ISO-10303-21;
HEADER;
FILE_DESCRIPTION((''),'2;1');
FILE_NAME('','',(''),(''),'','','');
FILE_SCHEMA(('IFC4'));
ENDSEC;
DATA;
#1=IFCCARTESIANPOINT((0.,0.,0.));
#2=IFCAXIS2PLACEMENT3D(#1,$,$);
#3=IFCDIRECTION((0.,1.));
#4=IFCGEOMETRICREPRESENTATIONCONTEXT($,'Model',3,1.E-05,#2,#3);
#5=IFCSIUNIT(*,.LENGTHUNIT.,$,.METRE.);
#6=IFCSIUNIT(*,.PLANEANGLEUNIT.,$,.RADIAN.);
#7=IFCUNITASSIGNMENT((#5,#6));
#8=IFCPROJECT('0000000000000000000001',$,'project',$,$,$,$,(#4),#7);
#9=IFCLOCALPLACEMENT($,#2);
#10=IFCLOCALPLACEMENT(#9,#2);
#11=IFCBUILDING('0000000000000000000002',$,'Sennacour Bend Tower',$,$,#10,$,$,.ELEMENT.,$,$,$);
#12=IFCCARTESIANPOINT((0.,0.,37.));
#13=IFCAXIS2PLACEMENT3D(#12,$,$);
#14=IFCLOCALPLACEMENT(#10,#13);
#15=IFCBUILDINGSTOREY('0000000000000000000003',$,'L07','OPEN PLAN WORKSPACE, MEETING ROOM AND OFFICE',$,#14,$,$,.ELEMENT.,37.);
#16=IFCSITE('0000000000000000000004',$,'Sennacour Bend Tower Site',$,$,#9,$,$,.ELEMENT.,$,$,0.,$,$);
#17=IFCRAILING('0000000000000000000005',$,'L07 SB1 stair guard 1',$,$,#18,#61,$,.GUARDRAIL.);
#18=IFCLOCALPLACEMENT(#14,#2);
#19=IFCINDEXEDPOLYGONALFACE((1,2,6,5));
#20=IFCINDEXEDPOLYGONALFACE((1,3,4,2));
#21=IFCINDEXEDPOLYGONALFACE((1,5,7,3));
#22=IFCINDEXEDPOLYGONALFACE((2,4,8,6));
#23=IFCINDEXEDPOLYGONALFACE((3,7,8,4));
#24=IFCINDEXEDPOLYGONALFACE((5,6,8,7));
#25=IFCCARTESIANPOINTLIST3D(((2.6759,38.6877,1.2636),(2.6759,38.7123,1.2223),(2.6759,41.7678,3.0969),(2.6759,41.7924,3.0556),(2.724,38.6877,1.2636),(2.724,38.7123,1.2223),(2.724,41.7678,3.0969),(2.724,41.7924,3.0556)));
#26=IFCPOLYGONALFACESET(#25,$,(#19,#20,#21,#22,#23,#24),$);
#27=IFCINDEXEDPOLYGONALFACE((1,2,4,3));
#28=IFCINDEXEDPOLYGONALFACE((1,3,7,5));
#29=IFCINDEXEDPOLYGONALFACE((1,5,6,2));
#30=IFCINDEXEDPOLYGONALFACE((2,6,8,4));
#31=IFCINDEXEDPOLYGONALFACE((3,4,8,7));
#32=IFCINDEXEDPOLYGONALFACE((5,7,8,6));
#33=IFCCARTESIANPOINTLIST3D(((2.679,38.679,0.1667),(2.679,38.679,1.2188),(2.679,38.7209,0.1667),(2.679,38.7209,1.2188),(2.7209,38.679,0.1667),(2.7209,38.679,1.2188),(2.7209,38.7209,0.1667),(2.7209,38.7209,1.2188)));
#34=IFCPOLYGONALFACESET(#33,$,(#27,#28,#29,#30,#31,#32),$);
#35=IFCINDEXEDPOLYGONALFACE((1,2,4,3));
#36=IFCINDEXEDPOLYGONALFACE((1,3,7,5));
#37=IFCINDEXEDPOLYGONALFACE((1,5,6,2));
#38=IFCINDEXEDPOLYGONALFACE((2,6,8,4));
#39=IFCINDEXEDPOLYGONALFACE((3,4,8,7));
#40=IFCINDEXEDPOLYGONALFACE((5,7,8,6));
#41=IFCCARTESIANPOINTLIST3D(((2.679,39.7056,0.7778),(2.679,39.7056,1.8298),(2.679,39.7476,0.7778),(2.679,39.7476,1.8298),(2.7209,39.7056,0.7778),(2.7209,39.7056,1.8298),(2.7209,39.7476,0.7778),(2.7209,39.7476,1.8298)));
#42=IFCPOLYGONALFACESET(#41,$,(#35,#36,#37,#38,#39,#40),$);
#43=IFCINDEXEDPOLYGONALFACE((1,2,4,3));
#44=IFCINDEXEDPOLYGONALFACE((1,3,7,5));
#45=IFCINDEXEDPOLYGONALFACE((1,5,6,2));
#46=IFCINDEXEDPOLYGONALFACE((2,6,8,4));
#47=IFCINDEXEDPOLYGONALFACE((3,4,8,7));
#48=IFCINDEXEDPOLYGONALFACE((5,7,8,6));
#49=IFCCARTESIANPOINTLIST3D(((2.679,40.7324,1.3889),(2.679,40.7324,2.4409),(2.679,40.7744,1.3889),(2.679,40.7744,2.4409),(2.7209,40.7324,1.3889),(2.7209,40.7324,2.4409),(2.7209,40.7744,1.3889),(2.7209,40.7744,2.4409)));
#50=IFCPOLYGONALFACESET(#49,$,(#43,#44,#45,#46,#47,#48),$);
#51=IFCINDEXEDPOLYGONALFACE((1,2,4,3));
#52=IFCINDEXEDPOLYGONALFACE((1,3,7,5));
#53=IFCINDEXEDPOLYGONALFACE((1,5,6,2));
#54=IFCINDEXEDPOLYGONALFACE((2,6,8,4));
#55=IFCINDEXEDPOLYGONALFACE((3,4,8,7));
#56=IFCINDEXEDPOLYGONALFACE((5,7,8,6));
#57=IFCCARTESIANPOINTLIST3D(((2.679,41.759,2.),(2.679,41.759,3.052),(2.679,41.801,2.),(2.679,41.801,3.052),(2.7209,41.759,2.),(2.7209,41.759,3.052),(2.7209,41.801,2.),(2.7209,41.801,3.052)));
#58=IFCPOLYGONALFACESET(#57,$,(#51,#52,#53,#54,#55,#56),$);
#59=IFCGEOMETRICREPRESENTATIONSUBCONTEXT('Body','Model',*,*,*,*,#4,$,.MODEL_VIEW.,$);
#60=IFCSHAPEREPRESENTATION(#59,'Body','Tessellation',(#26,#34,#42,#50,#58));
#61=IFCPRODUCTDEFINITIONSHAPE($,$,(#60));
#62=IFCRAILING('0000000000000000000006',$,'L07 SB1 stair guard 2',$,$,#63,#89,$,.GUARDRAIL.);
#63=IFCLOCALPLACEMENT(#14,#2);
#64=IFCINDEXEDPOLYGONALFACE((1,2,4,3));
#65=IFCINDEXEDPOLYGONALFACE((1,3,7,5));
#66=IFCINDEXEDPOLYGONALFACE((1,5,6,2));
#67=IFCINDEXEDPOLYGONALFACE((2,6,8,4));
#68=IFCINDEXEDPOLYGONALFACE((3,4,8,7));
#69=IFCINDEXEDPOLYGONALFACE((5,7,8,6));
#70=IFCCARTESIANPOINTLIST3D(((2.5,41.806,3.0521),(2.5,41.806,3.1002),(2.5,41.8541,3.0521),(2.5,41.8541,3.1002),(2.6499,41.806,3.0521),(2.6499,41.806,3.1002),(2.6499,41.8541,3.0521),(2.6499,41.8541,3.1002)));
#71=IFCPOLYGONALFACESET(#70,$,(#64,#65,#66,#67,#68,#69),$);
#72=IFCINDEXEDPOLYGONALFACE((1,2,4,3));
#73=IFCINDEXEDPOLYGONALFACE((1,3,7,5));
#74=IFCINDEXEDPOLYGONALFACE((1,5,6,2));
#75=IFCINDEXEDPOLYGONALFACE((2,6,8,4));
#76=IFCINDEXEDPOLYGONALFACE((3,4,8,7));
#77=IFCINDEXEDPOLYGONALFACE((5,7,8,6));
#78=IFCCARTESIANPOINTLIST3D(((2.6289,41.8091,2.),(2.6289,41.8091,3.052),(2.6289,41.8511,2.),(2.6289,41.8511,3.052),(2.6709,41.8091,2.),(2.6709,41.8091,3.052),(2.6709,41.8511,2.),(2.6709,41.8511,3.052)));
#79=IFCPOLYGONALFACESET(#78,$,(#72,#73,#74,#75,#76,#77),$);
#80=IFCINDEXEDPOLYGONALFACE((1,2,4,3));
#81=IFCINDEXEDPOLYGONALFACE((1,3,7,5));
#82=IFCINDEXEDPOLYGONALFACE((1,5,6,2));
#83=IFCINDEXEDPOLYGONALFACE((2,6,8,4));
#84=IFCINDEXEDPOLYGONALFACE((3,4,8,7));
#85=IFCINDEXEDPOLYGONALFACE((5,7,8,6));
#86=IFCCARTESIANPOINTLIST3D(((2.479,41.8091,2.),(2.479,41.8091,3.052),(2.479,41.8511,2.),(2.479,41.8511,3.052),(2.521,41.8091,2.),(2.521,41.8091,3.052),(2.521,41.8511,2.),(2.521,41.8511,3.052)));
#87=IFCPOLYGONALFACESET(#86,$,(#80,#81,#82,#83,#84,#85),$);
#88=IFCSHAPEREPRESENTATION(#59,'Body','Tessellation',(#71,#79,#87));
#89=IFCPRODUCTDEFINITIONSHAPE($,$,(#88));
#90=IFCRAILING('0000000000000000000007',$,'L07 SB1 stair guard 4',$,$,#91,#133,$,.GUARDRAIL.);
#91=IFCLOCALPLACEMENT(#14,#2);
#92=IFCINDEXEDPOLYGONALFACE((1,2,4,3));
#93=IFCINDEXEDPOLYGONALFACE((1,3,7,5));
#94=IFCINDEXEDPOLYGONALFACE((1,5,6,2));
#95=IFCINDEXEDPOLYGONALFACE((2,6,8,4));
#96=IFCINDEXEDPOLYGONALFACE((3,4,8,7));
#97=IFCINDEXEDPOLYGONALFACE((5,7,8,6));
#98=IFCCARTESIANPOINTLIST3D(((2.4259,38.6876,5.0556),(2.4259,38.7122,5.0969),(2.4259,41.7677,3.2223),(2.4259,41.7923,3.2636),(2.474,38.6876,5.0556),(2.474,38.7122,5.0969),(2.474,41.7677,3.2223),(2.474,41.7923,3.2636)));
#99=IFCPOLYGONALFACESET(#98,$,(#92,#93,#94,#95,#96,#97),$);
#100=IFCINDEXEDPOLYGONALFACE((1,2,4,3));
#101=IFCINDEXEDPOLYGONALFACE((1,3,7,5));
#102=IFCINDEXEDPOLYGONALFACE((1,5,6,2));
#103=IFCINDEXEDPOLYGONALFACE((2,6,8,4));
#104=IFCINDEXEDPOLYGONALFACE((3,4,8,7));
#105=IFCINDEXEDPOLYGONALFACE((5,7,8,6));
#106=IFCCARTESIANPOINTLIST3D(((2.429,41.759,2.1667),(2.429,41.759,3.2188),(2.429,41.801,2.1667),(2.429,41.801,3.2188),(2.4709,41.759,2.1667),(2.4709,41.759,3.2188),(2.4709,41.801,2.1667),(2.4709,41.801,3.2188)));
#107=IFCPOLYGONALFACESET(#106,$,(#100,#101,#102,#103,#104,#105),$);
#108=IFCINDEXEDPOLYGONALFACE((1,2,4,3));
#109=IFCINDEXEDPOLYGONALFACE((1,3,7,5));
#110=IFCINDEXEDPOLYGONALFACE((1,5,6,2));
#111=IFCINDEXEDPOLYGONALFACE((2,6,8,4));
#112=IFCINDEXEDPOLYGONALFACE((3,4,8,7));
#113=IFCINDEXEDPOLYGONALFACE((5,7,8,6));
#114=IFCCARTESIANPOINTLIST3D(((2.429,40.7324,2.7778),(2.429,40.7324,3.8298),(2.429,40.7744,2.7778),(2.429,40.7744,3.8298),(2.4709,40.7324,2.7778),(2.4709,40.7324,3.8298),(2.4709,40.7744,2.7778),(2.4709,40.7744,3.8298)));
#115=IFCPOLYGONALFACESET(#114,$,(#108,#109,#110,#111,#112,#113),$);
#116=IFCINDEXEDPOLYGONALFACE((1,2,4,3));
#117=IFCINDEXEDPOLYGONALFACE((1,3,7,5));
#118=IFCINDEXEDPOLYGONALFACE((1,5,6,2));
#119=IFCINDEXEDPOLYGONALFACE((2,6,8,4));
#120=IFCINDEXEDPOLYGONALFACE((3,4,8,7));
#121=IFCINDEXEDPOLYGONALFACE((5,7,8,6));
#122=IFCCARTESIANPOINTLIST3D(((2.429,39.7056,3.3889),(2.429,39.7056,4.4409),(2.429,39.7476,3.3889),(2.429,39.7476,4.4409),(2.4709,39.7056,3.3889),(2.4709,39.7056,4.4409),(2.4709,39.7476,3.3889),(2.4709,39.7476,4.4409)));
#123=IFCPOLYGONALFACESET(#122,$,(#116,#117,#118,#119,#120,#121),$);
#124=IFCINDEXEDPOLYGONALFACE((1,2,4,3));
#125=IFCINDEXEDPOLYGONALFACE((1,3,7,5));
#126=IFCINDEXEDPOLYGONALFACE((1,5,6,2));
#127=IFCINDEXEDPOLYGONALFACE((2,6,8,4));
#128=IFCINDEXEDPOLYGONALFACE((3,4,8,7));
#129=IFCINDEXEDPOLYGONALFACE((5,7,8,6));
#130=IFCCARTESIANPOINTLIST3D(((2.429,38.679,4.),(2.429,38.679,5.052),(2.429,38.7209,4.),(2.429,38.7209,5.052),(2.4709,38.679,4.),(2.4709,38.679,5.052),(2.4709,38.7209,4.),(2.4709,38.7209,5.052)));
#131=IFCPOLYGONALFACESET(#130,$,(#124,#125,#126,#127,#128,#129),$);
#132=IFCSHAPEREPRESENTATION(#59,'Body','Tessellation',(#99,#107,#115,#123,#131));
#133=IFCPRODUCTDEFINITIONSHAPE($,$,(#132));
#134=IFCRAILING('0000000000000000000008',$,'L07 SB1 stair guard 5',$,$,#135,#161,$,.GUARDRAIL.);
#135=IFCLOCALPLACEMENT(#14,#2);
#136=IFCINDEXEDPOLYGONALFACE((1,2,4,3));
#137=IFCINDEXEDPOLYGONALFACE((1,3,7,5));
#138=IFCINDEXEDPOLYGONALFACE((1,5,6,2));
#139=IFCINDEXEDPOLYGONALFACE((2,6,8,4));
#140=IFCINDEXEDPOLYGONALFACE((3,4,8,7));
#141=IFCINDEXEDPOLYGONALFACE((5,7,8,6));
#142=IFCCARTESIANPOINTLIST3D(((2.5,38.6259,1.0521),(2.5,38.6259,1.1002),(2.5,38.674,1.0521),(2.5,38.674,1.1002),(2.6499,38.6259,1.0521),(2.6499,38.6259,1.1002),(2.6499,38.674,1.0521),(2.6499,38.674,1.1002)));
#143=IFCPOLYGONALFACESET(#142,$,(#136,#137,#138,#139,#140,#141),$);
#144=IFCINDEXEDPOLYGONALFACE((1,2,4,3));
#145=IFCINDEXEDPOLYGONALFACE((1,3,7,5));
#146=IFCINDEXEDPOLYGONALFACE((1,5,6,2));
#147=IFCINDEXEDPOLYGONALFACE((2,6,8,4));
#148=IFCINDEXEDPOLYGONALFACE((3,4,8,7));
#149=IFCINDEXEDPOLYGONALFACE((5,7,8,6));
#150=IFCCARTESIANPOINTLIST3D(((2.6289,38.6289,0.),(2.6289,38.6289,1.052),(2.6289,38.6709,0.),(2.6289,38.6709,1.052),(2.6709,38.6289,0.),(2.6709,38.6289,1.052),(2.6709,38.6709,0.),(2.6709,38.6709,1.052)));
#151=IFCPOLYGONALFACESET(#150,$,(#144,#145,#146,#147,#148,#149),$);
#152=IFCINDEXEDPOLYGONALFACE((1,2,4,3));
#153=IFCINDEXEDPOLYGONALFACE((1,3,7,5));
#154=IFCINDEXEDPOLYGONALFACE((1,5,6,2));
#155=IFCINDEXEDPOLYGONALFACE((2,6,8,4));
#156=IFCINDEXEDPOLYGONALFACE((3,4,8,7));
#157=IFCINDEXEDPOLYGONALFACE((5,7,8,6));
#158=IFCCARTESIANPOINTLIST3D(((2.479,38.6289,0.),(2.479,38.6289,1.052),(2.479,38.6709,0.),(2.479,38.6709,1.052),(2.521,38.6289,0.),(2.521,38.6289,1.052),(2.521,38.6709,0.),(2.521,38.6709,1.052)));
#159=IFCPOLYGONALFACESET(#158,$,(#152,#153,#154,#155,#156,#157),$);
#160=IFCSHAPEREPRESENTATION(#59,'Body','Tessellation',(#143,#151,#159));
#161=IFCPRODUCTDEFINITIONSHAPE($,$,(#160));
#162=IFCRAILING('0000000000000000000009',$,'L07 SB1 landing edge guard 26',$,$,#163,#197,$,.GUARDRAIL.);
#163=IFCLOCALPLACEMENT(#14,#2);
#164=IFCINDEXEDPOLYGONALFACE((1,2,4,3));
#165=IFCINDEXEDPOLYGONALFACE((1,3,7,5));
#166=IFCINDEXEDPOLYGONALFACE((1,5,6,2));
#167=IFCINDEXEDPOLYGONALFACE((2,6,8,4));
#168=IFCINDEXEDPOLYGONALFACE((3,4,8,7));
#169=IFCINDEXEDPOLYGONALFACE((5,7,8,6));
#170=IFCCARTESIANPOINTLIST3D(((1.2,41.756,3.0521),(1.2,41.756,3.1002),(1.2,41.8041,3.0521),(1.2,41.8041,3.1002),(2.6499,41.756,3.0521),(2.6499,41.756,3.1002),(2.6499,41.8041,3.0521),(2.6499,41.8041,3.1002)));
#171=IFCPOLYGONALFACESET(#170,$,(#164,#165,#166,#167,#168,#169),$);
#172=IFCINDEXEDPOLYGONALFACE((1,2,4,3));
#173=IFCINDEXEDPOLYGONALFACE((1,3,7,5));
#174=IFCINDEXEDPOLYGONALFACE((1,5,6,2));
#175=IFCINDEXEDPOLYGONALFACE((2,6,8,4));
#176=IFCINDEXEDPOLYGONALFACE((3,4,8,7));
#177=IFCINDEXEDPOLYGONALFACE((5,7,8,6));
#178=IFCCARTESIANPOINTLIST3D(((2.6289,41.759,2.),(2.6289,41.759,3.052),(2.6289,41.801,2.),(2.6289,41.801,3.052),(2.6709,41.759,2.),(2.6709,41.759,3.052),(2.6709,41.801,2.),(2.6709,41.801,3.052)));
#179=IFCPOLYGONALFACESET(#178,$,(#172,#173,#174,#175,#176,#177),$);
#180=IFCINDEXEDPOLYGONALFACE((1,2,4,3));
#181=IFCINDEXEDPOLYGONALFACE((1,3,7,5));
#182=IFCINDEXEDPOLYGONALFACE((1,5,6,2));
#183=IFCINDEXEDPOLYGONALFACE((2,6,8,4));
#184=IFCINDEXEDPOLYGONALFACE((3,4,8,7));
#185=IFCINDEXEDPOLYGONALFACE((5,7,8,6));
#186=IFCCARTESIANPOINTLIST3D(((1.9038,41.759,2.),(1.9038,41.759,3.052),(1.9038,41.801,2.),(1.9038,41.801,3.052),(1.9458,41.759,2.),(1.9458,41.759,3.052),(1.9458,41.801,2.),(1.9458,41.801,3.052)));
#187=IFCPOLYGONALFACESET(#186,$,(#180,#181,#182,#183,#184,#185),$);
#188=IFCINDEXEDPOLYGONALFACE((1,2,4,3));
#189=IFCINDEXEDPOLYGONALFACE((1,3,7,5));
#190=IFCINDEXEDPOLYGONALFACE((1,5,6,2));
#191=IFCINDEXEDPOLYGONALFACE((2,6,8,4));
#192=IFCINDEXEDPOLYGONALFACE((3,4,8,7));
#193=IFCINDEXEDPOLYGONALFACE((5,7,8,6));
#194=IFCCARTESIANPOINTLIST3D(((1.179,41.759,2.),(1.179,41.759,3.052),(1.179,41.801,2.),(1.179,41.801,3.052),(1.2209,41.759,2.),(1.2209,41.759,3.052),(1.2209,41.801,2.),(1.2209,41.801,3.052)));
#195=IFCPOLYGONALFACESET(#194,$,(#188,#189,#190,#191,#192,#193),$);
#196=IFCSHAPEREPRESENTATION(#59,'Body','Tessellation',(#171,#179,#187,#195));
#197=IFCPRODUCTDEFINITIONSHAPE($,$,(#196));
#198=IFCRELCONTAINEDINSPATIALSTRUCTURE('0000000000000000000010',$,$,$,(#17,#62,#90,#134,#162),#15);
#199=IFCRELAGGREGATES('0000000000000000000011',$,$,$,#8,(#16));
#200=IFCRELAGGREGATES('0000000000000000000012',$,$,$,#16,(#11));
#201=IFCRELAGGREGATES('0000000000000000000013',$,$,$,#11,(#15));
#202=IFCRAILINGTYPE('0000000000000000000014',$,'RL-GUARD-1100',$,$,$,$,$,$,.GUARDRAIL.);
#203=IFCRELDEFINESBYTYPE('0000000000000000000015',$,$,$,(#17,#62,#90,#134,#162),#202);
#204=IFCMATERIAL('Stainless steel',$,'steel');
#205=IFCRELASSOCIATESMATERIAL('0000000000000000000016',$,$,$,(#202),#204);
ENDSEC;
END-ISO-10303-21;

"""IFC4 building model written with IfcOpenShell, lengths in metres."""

from ifc_helpers import new_model, si_unit, direction, frame, origin, origin_2d, place, context, subcontext, project, spatial, rectangle, extrude, material, type_object, element, save


model = new_model("IFC4")

# Units and contexts
model_context = context("Model", 3, precision=1e-05, world=origin(), true_north=direction((0.0, 1.0)))
body_context = subcontext(model_context, "Body", "Model", "MODEL_VIEW")
ifc_project = project(units=[si_unit("LENGTHUNIT", "METRE"), si_unit("PLANEANGLEUNIT", "RADIAN")], contexts=[model_context])

# Site, building, storey
site_placement = place(None, origin())
site = spatial("IfcSite", under=ifc_project, at=site_placement, Name="Sennacour Bend Tower Site", CompositionType="ELEMENT", RefElevation=0.0)
building_placement = place(site_placement, origin())
building = spatial("IfcBuilding", under=site, at=building_placement, Name="Sennacour Bend Tower", CompositionType="ELEMENT")
storey_placement = place(building_placement, frame((0.0, 0.0, 37.0)))
storey = spatial("IfcBuildingStorey", under=building, at=storey_placement, Name="L07", Description="OPEN PLAN WORKSPACE, MEETING ROOM AND OFFICE", CompositionType="ELEMENT", Elevation=37.0)

# Shared definitions
ifc_material_1 = material(Name="Stainless steel", Category="steel")

# Railings
railing_type_1 = type_object("IfcRailingType", Name="RL-GUARD-1100", PredefinedType="GUARDRAIL", material=ifc_material_1)
railing_1_placement = place(storey_placement, frame((2.7, 38.7, 0.1667)))
element("IfcRailing", 1, at=railing_1_placement, inside=storey, type_object=railing_type_1, Name="L07 SB1 stair guard 1", PredefinedType="GUARDRAIL", context=body_context, shape_type="SweptSolid", body=[
    extrude(rectangle(XDim=0.0481, YDim=0.0481, at=origin_2d()), frame((0.0, 0.0, 1.0762), z_axis=(0.0, 0.859309, 0.511458), x_axis=(-1.0, 0.0, 0.0)), (0.0, 0.0, 1.0), 3.5845),
    extrude(rectangle(XDim=0.042, YDim=0.042, at=origin_2d()), origin(), (0.0, 0.0, 1.0), 1.052),
    extrude(rectangle(XDim=0.042, YDim=0.042, at=origin_2d()), frame((0.0, 1.0266, 0.6111)), (0.0, 0.0, 1.0), 1.052),
    extrude(rectangle(XDim=0.042, YDim=0.042, at=origin_2d()), frame((0.0, 2.0535, 1.2222)), (0.0, 0.0, 1.0), 1.052),
    extrude(rectangle(XDim=0.042, YDim=0.042, at=origin_2d()), frame((0.0, 3.0801, 1.8333)), (0.0, 0.0, 1.0), 1.052),
])
railing_2_placement = place(storey_placement, frame((2.6499, 41.8301, 2.0)))
element("IfcRailing", 2, at=railing_2_placement, inside=storey, type_object=railing_type_1, Name="L07 SB1 stair guard 2", PredefinedType="GUARDRAIL", context=body_context, shape_type="SweptSolid", body=[
    extrude(rectangle(XDim=0.0481, YDim=0.0481, at=origin_2d()), frame((0.0, 0.0, 1.0762), z_axis=(-1.0, 0.0, 0.0), x_axis=(0.0, -1.0, 0.0)), (0.0, 0.0, 1.0), 0.1499),
    extrude(rectangle(XDim=0.042, YDim=0.042, at=origin_2d()), origin(), (0.0, 0.0, 1.0), 1.052),
    extrude(rectangle(XDim=0.042, YDim=0.042, at=origin_2d()), frame((-0.1499, 0.0, 0.0)), (0.0, 0.0, 1.0), 1.052),
])
railing_3_placement = place(storey_placement, frame((2.45, 41.78, 2.1667)))
element("IfcRailing", 3, at=railing_3_placement, inside=storey, type_object=railing_type_1, Name="L07 SB1 stair guard 4", PredefinedType="GUARDRAIL", context=body_context, shape_type="SweptSolid", body=[
    extrude(rectangle(XDim=0.0481, YDim=0.0481, at=origin_2d()), frame((0.0, 0.0, 1.0762), z_axis=(0.0, -0.859309, 0.511458), x_axis=(1.0, 0.0, 0.0)), (0.0, 0.0, 1.0), 3.5845),
    extrude(rectangle(XDim=0.042, YDim=0.042, at=origin_2d()), origin(), (0.0, 0.0, 1.0), 1.052),
    extrude(rectangle(XDim=0.042, YDim=0.042, at=origin_2d()), frame((0.0, -1.0266, 0.6111)), (0.0, 0.0, 1.0), 1.052),
    extrude(rectangle(XDim=0.042, YDim=0.042, at=origin_2d()), frame((0.0, -2.0535, 1.2222)), (0.0, 0.0, 1.0), 1.052),
    extrude(rectangle(XDim=0.042, YDim=0.042, at=origin_2d()), frame((0.0, -3.0801, 1.8333)), (0.0, 0.0, 1.0), 1.052),
])
railing_4_placement = place(storey_placement, frame((2.6499, 38.6499, 0.0)))
element("IfcRailing", 4, at=railing_4_placement, inside=storey, type_object=railing_type_1, Name="L07 SB1 stair guard 5", PredefinedType="GUARDRAIL", context=body_context, shape_type="SweptSolid", body=[
    extrude(rectangle(XDim=0.0481, YDim=0.0481, at=origin_2d()), frame((0.0, 0.0, 1.0762), z_axis=(-1.0, 0.0, 0.0), x_axis=(0.0, -1.0, 0.0)), (0.0, 0.0, 1.0), 0.1499),
    extrude(rectangle(XDim=0.042, YDim=0.042, at=origin_2d()), origin(), (0.0, 0.0, 1.0), 1.052),
    extrude(rectangle(XDim=0.042, YDim=0.042, at=origin_2d()), frame((-0.1499, 0.0, 0.0)), (0.0, 0.0, 1.0), 1.052),
])
railing_5_placement = place(storey_placement, frame((2.6499, 41.78, 2.0)))
element("IfcRailing", 5, at=railing_5_placement, inside=storey, type_object=railing_type_1, Name="L07 SB1 landing edge guard 26", PredefinedType="GUARDRAIL", context=body_context, shape_type="SweptSolid", body=[
    extrude(rectangle(XDim=0.0481, YDim=0.0481, at=origin_2d()), frame((0.0, 0.0, 1.0762), z_axis=(-1.0, 0.0, 0.0), x_axis=(0.0, -1.0, 0.0)), (0.0, 0.0, 1.0), 1.45),
    extrude(rectangle(XDim=0.042, YDim=0.042, at=origin_2d()), origin(), (0.0, 0.0, 1.0), 1.052),
    extrude(rectangle(XDim=0.042, YDim=0.042, at=origin_2d()), frame((-0.7251, 0.0, 0.0)), (0.0, 0.0, 1.0), 1.052),
    extrude(rectangle(XDim=0.042, YDim=0.042, at=origin_2d()), frame((-1.45, 0.0, 0.0)), (0.0, 0.0, 1.0), 1.052),
])

save(model, "model.ifc")
